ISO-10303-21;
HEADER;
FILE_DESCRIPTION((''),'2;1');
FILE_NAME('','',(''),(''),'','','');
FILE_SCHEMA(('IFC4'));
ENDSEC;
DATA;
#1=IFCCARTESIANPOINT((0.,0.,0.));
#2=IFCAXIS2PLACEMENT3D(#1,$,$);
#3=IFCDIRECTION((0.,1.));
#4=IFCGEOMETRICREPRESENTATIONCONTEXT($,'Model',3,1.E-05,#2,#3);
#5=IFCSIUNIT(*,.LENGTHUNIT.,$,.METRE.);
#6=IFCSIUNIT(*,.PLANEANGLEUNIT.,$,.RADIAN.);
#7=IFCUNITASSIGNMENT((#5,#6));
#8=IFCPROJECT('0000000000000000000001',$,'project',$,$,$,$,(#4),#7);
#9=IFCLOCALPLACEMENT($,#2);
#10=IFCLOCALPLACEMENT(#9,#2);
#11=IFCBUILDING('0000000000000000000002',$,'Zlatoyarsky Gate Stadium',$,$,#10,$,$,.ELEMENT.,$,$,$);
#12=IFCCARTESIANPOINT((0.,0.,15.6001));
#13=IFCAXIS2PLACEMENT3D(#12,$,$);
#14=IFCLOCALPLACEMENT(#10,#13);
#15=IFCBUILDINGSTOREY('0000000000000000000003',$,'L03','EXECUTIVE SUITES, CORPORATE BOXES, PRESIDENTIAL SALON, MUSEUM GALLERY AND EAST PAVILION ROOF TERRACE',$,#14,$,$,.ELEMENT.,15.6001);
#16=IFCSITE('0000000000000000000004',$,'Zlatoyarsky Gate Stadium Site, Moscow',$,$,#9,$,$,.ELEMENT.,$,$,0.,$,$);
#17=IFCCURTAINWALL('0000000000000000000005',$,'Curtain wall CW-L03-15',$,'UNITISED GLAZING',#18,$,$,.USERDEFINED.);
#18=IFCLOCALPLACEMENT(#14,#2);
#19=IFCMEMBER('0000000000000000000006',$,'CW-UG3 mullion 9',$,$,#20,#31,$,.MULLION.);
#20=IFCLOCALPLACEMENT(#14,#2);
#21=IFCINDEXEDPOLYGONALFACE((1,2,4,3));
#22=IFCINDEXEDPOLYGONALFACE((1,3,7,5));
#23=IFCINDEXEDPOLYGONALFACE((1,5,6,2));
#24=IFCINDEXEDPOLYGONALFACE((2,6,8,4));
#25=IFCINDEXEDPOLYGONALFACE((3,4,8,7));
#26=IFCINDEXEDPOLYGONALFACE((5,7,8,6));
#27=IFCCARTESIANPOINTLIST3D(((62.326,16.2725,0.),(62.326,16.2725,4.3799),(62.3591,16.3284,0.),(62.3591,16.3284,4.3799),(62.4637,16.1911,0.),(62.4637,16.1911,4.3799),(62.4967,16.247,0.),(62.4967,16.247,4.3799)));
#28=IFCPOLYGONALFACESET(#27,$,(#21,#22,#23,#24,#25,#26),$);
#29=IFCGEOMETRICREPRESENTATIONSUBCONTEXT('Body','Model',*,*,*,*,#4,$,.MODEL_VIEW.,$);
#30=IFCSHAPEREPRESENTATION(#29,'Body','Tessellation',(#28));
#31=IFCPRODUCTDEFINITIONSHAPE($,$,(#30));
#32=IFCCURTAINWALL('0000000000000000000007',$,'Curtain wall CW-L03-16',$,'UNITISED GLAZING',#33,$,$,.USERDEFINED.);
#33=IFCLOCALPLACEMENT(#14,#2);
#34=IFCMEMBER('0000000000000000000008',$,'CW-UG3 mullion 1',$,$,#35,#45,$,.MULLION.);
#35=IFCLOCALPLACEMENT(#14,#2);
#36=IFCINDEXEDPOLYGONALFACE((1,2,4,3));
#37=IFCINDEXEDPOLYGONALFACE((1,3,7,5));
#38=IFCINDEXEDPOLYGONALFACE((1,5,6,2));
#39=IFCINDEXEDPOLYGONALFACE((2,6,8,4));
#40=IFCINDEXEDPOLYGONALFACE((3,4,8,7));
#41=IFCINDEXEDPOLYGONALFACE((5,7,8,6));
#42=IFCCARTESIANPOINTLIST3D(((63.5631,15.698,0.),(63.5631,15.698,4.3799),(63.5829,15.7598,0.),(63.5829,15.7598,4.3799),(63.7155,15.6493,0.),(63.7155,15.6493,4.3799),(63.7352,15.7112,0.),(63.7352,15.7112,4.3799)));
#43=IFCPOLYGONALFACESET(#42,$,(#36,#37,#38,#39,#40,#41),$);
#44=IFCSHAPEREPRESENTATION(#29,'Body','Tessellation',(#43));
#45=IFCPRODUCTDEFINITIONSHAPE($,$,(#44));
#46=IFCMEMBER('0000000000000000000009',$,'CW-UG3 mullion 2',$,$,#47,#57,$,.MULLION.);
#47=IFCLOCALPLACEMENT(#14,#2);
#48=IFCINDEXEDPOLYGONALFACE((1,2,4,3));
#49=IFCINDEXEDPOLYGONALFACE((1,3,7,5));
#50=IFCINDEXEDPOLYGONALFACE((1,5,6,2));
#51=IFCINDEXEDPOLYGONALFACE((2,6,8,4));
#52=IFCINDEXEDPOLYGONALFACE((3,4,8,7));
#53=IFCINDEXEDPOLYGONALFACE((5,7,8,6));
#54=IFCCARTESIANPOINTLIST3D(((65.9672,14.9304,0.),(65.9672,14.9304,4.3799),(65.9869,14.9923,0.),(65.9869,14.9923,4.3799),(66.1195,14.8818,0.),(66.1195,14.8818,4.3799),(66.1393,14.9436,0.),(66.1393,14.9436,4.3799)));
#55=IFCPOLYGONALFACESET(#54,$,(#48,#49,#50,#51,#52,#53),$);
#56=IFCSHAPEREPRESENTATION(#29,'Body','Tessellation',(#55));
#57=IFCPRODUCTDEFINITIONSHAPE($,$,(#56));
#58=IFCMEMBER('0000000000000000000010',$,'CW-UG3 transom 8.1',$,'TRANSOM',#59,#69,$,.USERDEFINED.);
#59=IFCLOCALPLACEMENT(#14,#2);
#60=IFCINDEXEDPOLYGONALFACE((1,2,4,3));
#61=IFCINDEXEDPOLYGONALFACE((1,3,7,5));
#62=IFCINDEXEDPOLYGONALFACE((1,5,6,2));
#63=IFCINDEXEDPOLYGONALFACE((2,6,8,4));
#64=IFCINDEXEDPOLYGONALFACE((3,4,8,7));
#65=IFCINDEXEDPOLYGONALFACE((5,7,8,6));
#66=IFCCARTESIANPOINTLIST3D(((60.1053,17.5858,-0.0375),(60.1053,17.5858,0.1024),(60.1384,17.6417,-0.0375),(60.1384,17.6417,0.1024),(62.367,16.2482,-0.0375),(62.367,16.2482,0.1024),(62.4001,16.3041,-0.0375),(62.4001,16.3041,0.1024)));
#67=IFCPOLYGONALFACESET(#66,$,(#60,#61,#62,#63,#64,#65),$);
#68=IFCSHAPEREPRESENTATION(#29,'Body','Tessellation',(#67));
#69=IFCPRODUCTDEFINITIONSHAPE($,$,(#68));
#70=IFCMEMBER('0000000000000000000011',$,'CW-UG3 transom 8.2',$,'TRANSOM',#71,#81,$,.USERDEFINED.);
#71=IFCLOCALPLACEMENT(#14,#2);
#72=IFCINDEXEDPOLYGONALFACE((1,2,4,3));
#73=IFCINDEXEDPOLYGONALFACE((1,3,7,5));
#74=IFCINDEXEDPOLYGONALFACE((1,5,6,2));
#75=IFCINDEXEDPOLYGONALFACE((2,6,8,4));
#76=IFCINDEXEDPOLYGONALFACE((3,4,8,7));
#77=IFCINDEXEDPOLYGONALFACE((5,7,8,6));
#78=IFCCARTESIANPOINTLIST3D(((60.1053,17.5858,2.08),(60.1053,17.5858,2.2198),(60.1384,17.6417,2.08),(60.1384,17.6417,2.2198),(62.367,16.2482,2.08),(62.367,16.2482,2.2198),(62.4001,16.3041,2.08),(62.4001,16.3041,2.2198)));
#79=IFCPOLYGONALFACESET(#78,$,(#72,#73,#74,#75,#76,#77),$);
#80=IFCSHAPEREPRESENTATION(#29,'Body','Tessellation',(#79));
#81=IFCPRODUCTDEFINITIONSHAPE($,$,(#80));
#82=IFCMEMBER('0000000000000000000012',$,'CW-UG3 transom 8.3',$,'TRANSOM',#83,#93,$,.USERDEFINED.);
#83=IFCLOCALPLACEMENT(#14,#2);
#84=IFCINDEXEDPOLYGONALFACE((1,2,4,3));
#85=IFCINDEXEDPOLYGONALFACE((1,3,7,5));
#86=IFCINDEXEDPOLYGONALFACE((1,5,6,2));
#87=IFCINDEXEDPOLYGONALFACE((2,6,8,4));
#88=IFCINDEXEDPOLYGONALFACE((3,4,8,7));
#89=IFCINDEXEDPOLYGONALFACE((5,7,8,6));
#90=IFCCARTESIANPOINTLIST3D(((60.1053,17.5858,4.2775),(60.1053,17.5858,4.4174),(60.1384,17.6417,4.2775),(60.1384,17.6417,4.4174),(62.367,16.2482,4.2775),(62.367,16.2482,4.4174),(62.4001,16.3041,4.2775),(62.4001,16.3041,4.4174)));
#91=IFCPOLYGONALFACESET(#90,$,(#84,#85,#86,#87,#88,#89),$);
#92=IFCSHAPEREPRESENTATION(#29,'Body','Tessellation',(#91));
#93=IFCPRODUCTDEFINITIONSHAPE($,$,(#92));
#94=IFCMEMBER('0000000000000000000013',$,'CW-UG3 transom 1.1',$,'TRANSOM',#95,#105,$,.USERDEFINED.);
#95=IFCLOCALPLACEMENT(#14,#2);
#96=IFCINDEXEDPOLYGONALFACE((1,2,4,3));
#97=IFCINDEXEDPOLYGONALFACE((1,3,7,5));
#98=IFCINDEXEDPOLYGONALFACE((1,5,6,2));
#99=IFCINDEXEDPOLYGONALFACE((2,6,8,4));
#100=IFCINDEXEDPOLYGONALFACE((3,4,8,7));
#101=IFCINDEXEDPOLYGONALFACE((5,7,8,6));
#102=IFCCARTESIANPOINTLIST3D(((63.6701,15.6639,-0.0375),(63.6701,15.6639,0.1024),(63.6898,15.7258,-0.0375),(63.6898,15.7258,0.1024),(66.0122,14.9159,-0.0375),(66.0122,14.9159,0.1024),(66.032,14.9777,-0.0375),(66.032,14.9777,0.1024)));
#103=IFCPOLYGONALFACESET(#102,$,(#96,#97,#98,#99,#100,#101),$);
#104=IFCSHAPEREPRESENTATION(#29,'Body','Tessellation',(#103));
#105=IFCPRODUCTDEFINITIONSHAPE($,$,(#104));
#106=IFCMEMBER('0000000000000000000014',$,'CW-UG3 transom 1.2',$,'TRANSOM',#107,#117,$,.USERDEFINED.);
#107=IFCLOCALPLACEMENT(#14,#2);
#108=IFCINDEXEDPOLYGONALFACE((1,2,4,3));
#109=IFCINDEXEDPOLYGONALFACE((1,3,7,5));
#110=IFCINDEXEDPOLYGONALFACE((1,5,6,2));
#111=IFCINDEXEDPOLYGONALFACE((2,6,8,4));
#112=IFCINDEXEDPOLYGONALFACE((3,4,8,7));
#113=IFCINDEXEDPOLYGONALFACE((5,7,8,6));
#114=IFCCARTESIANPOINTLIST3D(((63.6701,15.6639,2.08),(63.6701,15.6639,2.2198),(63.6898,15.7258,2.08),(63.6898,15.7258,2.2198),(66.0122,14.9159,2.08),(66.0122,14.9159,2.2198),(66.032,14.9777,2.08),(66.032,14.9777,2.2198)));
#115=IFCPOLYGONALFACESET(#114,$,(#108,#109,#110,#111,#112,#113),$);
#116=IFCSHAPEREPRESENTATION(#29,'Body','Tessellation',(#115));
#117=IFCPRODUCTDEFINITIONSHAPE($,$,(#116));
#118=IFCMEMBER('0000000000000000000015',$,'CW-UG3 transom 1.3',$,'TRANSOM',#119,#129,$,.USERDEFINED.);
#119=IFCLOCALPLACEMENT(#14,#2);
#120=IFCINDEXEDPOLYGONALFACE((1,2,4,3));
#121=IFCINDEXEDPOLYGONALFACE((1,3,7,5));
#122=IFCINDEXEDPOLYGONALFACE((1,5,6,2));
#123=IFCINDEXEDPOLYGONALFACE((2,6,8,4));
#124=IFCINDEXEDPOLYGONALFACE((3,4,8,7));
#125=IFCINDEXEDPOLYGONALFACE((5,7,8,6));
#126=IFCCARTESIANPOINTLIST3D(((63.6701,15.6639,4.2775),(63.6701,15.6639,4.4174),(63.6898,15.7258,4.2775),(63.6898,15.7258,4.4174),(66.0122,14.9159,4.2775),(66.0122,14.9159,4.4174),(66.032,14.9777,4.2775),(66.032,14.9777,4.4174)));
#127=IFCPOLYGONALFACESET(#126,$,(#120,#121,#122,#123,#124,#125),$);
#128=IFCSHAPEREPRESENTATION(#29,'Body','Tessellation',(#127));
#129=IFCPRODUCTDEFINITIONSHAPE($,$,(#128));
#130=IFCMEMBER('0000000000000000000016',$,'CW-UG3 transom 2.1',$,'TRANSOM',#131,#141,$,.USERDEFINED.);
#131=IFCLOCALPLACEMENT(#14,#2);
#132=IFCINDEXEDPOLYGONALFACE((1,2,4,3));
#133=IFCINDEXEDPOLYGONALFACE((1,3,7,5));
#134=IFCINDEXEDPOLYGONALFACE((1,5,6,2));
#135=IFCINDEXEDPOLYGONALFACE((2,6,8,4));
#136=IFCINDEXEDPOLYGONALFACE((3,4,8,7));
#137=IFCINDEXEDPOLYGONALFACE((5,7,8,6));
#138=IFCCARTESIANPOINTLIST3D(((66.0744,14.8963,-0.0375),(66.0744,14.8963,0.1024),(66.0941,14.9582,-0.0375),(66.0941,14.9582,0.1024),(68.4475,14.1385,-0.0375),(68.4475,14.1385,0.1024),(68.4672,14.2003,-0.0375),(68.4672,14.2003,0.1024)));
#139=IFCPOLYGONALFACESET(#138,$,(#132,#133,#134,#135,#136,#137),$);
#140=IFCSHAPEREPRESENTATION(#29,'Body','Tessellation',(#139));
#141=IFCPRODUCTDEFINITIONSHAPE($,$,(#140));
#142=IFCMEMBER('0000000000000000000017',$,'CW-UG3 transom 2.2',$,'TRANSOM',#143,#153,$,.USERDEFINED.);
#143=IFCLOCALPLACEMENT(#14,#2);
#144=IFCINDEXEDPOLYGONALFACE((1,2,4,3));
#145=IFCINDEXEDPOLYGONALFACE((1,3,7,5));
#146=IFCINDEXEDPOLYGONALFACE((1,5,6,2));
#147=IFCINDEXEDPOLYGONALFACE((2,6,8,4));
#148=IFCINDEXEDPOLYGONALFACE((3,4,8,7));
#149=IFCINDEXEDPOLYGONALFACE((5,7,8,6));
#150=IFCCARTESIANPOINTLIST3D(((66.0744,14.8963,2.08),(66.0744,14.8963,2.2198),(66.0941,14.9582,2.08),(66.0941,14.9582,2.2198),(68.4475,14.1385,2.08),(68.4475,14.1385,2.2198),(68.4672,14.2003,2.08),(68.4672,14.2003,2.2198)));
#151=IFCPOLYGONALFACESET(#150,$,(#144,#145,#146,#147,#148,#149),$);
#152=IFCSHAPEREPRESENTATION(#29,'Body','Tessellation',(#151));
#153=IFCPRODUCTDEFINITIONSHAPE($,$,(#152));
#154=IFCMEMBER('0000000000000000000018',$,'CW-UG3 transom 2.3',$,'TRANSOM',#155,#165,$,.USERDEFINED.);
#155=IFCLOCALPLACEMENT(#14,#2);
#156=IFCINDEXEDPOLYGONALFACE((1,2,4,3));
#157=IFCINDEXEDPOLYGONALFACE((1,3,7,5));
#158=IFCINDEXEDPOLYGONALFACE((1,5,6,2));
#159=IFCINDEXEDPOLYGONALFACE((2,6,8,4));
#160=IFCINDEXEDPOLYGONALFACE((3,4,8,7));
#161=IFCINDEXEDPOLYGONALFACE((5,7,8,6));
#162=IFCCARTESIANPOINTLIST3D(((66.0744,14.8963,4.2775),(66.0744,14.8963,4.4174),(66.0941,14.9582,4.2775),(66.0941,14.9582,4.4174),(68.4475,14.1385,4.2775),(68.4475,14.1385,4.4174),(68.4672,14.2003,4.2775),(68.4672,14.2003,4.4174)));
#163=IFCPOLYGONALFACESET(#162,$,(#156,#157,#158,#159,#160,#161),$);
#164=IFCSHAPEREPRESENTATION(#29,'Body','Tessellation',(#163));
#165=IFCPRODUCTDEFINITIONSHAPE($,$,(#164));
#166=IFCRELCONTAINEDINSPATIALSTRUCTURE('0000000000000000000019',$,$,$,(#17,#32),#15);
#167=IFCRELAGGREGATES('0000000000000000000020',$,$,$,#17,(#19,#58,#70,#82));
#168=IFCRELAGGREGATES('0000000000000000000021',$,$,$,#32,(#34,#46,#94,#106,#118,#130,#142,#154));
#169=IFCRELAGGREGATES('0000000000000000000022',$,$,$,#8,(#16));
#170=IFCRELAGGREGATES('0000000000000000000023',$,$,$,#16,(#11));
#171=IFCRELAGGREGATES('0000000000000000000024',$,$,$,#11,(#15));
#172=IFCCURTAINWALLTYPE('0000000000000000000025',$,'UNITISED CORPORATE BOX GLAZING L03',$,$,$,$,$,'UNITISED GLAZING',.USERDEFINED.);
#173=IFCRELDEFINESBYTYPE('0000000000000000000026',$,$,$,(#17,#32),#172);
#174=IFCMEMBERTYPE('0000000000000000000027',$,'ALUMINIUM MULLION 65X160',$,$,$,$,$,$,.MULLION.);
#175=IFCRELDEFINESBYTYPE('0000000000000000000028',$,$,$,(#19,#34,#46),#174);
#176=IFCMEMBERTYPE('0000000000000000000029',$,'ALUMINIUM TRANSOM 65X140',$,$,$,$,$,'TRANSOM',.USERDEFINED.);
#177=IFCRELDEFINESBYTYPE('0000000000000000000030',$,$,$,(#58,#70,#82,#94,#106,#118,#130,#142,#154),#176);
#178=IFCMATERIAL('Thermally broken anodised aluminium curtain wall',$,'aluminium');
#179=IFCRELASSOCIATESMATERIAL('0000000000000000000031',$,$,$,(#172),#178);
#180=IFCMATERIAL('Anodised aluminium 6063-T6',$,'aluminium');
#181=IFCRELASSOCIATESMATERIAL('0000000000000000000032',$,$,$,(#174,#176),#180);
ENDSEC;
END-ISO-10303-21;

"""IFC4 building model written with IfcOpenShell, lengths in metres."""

from ifc_helpers import new_model, si_unit, direction, frame, origin, origin_2d, place, context, subcontext, project, spatial, rectangle, extrude, material, material_profile, profile_set, type_object, element, aggregate, save


model = new_model("IFC4")

# Units and contexts
model_context = context("Model", 3, precision=1e-05, world=origin(), true_north=direction((0.0, 1.0)))
body_context = subcontext(model_context, "Body", "Model", "MODEL_VIEW")
ifc_project = project(units=[si_unit("LENGTHUNIT", "METRE"), si_unit("PLANEANGLEUNIT", "RADIAN")], contexts=[model_context])

# Site, building, storey
site_placement = place(None, origin())
site = spatial("IfcSite", under=ifc_project, at=site_placement, Name="Zlatoyarsky Gate Stadium Site, Moscow", CompositionType="ELEMENT", RefElevation=0.0)
building_placement = place(site_placement, origin())
building = spatial("IfcBuilding", under=site, at=building_placement, Name="Zlatoyarsky Gate Stadium", CompositionType="ELEMENT")
storey_placement = place(building_placement, frame((0.0, 0.0, 15.6001)))
storey = spatial("IfcBuildingStorey", under=building, at=storey_placement, Name="L03", Description="EXECUTIVE SUITES, CORPORATE BOXES, PRESIDENTIAL SALON, MUSEUM GALLERY AND EAST PAVILION ROOF TERRACE", CompositionType="ELEMENT", Elevation=15.6001)

# Curtain wall, member
ifc_material_1 = material(Name="Thermally broken anodised aluminium curtain wall", Category="aluminium")
curtain_wall_type = type_object("IfcCurtainWallType", Name="UNITISED CORPORATE BOX GLAZING L03", ElementType="UNITISED GLAZING", PredefinedType="USERDEFINED", material=ifc_material_1)
curtain_wall_1_placement = place(storey_placement, origin())
curtain_wall_1 = element("IfcCurtainWall", 1, at=curtain_wall_1_placement, inside=storey, type_object=curtain_wall_type, Name="Curtain wall CW-L03-15", ObjectType="UNITISED GLAZING", PredefinedType="USERDEFINED")
ifc_material_2 = material(Name="Anodised aluminium 6063-T6", Category="aluminium")
ifc_material_profile_1 = material_profile(ifc_material_2, rectangle(XDim=0.0649, YDim=0.1599, at=origin_2d()), Name="ALU 65X160")
ifc_profile_set_1 = profile_set([ifc_material_profile_1], Name="Anodised aluminium 6063-T6")
member_type_1 = type_object("IfcMemberType", Name="ALUMINIUM MULLION 65X160", PredefinedType="MULLION", material=ifc_profile_set_1)
member_1_placement = place(storey_placement, frame((62.4114, 16.2598, 0.0), z_axis=(0.0, 0.0, 1.0), x_axis=(0.509098, 0.860708, 0.0)))
member_1 = element("IfcMember", 2, at=member_1_placement, type_object=member_type_1, Name="CW-UG3 mullion 9", PredefinedType="MULLION", context=body_context, shape_type="SweptSolid", body=[
    extrude(rectangle(XDim=0.0649, YDim=0.1599, at=origin_2d()), origin(), (0.0, 0.0, 1.0), 4.3799),
])

# Curtain wall, members
curtain_wall_2_placement = place(storey_placement, origin())
curtain_wall_2 = element("IfcCurtainWall", 3, at=curtain_wall_2_placement, inside=storey, type_object=curtain_wall_type, Name="Curtain wall CW-L03-16", ObjectType="UNITISED GLAZING", PredefinedType="USERDEFINED")
member_2_placement = place(storey_placement, frame((63.6492, 15.7046, 0.0), z_axis=(0.0, 0.0, 1.0), x_axis=(0.304162, 0.95262, 0.0)))
member_2 = element("IfcMember", 4, at=member_2_placement, type_object=member_type_1, Name="CW-UG3 mullion 1", PredefinedType="MULLION", context=body_context, shape_type="SweptSolid", body=[
    extrude(rectangle(XDim=0.0649, YDim=0.1599, at=origin_2d()), origin(), (0.0, 0.0, 1.0), 4.3799),
])
member_3_placement = place(storey_placement, frame((66.0532, 14.937, 0.0), z_axis=(0.0, 0.0, 1.0), x_axis=(0.304162, 0.95262, 0.0)))
member_3 = element("IfcMember", 5, at=member_3_placement, type_object=member_type_1, Name="CW-UG3 mullion 2", PredefinedType="MULLION", context=body_context, shape_type="SweptSolid", body=[
    extrude(rectangle(XDim=0.0649, YDim=0.1599, at=origin_2d()), origin(), (0.0, 0.0, 1.0), 4.3799),
])

# Members
ifc_material_profile_2 = material_profile(ifc_material_2, rectangle(XDim=0.0649, YDim=0.1399, at=origin_2d()), Name="ALU 65X140")
ifc_profile_set_2 = profile_set([ifc_material_profile_2], Name="Anodised aluminium 6063-T6")
member_type_2 = type_object("IfcMemberType", Name="ALUMINIUM TRANSOM 65X140", ElementType="TRANSOM", PredefinedType="USERDEFINED", material=ifc_profile_set_2)
member_4_placement = place(storey_placement, frame((60.1218, 17.6138, 0.0325), z_axis=(0.86073, -0.509061, 0.0), x_axis=(0.509061, 0.86073, 0.0)))
member_4 = element("IfcMember", 6, at=member_4_placement, type_object=member_type_2, Name="CW-UG3 transom 8.1", ObjectType="TRANSOM", PredefinedType="USERDEFINED", context=body_context, shape_type="SweptSolid", body=[
    extrude(rectangle(XDim=0.0649, YDim=0.1399, at=origin_2d()), origin(), (0.0, 0.0, 1.0), 2.6277),
])
member_5_placement = place(storey_placement, frame((60.1218, 17.6138, 2.1499), z_axis=(0.86073, -0.509061, 0.0), x_axis=(0.509061, 0.86073, 0.0)))
member_5 = element("IfcMember", 7, at=member_5_placement, type_object=member_type_2, Name="CW-UG3 transom 8.2", ObjectType="TRANSOM", PredefinedType="USERDEFINED", context=body_context, shape_type="SweptSolid", body=[
    extrude(rectangle(XDim=0.0649, YDim=0.1399, at=origin_2d()), origin(), (0.0, 0.0, 1.0), 2.6277),
])
member_6_placement = place(storey_placement, frame((60.1218, 17.6138, 4.3474), z_axis=(0.86073, -0.509061, 0.0), x_axis=(0.509061, 0.86073, 0.0)))
member_6 = element("IfcMember", 8, at=member_6_placement, type_object=member_type_2, Name="CW-UG3 transom 8.3", ObjectType="TRANSOM", PredefinedType="USERDEFINED", context=body_context, shape_type="SweptSolid", body=[
    extrude(rectangle(XDim=0.0649, YDim=0.1399, at=origin_2d()), origin(), (0.0, 0.0, 1.0), 2.6277),
])
member_7_placement = place(storey_placement, frame((63.6799, 15.6948, 0.0325), z_axis=(0.952599, -0.304228, 0.0), x_axis=(0.304228, 0.952599, 0.0)))
member_7 = element("IfcMember", 9, at=member_7_placement, type_object=member_type_2, Name="CW-UG3 transom 1.1", ObjectType="TRANSOM", PredefinedType="USERDEFINED", context=body_context, shape_type="SweptSolid", body=[
    extrude(rectangle(XDim=0.0649, YDim=0.1399, at=origin_2d()), origin(), (0.0, 0.0, 1.0), 2.4587),
])
member_8_placement = place(storey_placement, frame((63.6799, 15.6948, 2.1499), z_axis=(0.952599, -0.304228, 0.0), x_axis=(0.304228, 0.952599, 0.0)))
member_8 = element("IfcMember", 10, at=member_8_placement, type_object=member_type_2, Name="CW-UG3 transom 1.2", ObjectType="TRANSOM", PredefinedType="USERDEFINED", context=body_context, shape_type="SweptSolid", body=[
    extrude(rectangle(XDim=0.0649, YDim=0.1399, at=origin_2d()), origin(), (0.0, 0.0, 1.0), 2.4587),
])
member_9_placement = place(storey_placement, frame((63.6799, 15.6948, 4.3474), z_axis=(0.952599, -0.304228, 0.0), x_axis=(0.304228, 0.952599, 0.0)))
member_9 = element("IfcMember", 11, at=member_9_placement, type_object=member_type_2, Name="CW-UG3 transom 1.3", ObjectType="TRANSOM", PredefinedType="USERDEFINED", context=body_context, shape_type="SweptSolid", body=[
    extrude(rectangle(XDim=0.0649, YDim=0.1399, at=origin_2d()), origin(), (0.0, 0.0, 1.0), 2.4587),
])
member_10_placement = place(storey_placement, frame((66.0842, 14.9272, 0.0325), z_axis=(0.952606, -0.304207, 0.0), x_axis=(0.304207, 0.952606, 0.0)))
member_10 = element("IfcMember", 12, at=member_10_placement, type_object=member_type_2, Name="CW-UG3 transom 2.1", ObjectType="TRANSOM", PredefinedType="USERDEFINED", context=body_context, shape_type="SweptSolid", body=[
    extrude(rectangle(XDim=0.0649, YDim=0.1399, at=origin_2d()), origin(), (0.0, 0.0, 1.0), 2.4912),
])
member_11_placement = place(storey_placement, frame((66.0842, 14.9272, 2.1499), z_axis=(0.952606, -0.304207, 0.0), x_axis=(0.304207, 0.952606, 0.0)))
member_11 = element("IfcMember", 13, at=member_11_placement, type_object=member_type_2, Name="CW-UG3 transom 2.2", ObjectType="TRANSOM", PredefinedType="USERDEFINED", context=body_context, shape_type="SweptSolid", body=[
    extrude(rectangle(XDim=0.0649, YDim=0.1399, at=origin_2d()), origin(), (0.0, 0.0, 1.0), 2.4912),
])
member_12_placement = place(storey_placement, frame((66.0842, 14.9272, 4.3474), z_axis=(0.952606, -0.304207, 0.0), x_axis=(0.304207, 0.952606, 0.0)))
member_12 = element("IfcMember", 14, at=member_12_placement, type_object=member_type_2, Name="CW-UG3 transom 2.3", ObjectType="TRANSOM", PredefinedType="USERDEFINED", context=body_context, shape_type="SweptSolid", body=[
    extrude(rectangle(XDim=0.0649, YDim=0.1399, at=origin_2d()), origin(), (0.0, 0.0, 1.0), 2.4912),
])

aggregate(curtain_wall_1, [member_1, member_4, member_5, member_6])
aggregate(curtain_wall_2, [member_2, member_3, member_7, member_8, member_9, member_10, member_11, member_12])

save(model, "model.ifc")
